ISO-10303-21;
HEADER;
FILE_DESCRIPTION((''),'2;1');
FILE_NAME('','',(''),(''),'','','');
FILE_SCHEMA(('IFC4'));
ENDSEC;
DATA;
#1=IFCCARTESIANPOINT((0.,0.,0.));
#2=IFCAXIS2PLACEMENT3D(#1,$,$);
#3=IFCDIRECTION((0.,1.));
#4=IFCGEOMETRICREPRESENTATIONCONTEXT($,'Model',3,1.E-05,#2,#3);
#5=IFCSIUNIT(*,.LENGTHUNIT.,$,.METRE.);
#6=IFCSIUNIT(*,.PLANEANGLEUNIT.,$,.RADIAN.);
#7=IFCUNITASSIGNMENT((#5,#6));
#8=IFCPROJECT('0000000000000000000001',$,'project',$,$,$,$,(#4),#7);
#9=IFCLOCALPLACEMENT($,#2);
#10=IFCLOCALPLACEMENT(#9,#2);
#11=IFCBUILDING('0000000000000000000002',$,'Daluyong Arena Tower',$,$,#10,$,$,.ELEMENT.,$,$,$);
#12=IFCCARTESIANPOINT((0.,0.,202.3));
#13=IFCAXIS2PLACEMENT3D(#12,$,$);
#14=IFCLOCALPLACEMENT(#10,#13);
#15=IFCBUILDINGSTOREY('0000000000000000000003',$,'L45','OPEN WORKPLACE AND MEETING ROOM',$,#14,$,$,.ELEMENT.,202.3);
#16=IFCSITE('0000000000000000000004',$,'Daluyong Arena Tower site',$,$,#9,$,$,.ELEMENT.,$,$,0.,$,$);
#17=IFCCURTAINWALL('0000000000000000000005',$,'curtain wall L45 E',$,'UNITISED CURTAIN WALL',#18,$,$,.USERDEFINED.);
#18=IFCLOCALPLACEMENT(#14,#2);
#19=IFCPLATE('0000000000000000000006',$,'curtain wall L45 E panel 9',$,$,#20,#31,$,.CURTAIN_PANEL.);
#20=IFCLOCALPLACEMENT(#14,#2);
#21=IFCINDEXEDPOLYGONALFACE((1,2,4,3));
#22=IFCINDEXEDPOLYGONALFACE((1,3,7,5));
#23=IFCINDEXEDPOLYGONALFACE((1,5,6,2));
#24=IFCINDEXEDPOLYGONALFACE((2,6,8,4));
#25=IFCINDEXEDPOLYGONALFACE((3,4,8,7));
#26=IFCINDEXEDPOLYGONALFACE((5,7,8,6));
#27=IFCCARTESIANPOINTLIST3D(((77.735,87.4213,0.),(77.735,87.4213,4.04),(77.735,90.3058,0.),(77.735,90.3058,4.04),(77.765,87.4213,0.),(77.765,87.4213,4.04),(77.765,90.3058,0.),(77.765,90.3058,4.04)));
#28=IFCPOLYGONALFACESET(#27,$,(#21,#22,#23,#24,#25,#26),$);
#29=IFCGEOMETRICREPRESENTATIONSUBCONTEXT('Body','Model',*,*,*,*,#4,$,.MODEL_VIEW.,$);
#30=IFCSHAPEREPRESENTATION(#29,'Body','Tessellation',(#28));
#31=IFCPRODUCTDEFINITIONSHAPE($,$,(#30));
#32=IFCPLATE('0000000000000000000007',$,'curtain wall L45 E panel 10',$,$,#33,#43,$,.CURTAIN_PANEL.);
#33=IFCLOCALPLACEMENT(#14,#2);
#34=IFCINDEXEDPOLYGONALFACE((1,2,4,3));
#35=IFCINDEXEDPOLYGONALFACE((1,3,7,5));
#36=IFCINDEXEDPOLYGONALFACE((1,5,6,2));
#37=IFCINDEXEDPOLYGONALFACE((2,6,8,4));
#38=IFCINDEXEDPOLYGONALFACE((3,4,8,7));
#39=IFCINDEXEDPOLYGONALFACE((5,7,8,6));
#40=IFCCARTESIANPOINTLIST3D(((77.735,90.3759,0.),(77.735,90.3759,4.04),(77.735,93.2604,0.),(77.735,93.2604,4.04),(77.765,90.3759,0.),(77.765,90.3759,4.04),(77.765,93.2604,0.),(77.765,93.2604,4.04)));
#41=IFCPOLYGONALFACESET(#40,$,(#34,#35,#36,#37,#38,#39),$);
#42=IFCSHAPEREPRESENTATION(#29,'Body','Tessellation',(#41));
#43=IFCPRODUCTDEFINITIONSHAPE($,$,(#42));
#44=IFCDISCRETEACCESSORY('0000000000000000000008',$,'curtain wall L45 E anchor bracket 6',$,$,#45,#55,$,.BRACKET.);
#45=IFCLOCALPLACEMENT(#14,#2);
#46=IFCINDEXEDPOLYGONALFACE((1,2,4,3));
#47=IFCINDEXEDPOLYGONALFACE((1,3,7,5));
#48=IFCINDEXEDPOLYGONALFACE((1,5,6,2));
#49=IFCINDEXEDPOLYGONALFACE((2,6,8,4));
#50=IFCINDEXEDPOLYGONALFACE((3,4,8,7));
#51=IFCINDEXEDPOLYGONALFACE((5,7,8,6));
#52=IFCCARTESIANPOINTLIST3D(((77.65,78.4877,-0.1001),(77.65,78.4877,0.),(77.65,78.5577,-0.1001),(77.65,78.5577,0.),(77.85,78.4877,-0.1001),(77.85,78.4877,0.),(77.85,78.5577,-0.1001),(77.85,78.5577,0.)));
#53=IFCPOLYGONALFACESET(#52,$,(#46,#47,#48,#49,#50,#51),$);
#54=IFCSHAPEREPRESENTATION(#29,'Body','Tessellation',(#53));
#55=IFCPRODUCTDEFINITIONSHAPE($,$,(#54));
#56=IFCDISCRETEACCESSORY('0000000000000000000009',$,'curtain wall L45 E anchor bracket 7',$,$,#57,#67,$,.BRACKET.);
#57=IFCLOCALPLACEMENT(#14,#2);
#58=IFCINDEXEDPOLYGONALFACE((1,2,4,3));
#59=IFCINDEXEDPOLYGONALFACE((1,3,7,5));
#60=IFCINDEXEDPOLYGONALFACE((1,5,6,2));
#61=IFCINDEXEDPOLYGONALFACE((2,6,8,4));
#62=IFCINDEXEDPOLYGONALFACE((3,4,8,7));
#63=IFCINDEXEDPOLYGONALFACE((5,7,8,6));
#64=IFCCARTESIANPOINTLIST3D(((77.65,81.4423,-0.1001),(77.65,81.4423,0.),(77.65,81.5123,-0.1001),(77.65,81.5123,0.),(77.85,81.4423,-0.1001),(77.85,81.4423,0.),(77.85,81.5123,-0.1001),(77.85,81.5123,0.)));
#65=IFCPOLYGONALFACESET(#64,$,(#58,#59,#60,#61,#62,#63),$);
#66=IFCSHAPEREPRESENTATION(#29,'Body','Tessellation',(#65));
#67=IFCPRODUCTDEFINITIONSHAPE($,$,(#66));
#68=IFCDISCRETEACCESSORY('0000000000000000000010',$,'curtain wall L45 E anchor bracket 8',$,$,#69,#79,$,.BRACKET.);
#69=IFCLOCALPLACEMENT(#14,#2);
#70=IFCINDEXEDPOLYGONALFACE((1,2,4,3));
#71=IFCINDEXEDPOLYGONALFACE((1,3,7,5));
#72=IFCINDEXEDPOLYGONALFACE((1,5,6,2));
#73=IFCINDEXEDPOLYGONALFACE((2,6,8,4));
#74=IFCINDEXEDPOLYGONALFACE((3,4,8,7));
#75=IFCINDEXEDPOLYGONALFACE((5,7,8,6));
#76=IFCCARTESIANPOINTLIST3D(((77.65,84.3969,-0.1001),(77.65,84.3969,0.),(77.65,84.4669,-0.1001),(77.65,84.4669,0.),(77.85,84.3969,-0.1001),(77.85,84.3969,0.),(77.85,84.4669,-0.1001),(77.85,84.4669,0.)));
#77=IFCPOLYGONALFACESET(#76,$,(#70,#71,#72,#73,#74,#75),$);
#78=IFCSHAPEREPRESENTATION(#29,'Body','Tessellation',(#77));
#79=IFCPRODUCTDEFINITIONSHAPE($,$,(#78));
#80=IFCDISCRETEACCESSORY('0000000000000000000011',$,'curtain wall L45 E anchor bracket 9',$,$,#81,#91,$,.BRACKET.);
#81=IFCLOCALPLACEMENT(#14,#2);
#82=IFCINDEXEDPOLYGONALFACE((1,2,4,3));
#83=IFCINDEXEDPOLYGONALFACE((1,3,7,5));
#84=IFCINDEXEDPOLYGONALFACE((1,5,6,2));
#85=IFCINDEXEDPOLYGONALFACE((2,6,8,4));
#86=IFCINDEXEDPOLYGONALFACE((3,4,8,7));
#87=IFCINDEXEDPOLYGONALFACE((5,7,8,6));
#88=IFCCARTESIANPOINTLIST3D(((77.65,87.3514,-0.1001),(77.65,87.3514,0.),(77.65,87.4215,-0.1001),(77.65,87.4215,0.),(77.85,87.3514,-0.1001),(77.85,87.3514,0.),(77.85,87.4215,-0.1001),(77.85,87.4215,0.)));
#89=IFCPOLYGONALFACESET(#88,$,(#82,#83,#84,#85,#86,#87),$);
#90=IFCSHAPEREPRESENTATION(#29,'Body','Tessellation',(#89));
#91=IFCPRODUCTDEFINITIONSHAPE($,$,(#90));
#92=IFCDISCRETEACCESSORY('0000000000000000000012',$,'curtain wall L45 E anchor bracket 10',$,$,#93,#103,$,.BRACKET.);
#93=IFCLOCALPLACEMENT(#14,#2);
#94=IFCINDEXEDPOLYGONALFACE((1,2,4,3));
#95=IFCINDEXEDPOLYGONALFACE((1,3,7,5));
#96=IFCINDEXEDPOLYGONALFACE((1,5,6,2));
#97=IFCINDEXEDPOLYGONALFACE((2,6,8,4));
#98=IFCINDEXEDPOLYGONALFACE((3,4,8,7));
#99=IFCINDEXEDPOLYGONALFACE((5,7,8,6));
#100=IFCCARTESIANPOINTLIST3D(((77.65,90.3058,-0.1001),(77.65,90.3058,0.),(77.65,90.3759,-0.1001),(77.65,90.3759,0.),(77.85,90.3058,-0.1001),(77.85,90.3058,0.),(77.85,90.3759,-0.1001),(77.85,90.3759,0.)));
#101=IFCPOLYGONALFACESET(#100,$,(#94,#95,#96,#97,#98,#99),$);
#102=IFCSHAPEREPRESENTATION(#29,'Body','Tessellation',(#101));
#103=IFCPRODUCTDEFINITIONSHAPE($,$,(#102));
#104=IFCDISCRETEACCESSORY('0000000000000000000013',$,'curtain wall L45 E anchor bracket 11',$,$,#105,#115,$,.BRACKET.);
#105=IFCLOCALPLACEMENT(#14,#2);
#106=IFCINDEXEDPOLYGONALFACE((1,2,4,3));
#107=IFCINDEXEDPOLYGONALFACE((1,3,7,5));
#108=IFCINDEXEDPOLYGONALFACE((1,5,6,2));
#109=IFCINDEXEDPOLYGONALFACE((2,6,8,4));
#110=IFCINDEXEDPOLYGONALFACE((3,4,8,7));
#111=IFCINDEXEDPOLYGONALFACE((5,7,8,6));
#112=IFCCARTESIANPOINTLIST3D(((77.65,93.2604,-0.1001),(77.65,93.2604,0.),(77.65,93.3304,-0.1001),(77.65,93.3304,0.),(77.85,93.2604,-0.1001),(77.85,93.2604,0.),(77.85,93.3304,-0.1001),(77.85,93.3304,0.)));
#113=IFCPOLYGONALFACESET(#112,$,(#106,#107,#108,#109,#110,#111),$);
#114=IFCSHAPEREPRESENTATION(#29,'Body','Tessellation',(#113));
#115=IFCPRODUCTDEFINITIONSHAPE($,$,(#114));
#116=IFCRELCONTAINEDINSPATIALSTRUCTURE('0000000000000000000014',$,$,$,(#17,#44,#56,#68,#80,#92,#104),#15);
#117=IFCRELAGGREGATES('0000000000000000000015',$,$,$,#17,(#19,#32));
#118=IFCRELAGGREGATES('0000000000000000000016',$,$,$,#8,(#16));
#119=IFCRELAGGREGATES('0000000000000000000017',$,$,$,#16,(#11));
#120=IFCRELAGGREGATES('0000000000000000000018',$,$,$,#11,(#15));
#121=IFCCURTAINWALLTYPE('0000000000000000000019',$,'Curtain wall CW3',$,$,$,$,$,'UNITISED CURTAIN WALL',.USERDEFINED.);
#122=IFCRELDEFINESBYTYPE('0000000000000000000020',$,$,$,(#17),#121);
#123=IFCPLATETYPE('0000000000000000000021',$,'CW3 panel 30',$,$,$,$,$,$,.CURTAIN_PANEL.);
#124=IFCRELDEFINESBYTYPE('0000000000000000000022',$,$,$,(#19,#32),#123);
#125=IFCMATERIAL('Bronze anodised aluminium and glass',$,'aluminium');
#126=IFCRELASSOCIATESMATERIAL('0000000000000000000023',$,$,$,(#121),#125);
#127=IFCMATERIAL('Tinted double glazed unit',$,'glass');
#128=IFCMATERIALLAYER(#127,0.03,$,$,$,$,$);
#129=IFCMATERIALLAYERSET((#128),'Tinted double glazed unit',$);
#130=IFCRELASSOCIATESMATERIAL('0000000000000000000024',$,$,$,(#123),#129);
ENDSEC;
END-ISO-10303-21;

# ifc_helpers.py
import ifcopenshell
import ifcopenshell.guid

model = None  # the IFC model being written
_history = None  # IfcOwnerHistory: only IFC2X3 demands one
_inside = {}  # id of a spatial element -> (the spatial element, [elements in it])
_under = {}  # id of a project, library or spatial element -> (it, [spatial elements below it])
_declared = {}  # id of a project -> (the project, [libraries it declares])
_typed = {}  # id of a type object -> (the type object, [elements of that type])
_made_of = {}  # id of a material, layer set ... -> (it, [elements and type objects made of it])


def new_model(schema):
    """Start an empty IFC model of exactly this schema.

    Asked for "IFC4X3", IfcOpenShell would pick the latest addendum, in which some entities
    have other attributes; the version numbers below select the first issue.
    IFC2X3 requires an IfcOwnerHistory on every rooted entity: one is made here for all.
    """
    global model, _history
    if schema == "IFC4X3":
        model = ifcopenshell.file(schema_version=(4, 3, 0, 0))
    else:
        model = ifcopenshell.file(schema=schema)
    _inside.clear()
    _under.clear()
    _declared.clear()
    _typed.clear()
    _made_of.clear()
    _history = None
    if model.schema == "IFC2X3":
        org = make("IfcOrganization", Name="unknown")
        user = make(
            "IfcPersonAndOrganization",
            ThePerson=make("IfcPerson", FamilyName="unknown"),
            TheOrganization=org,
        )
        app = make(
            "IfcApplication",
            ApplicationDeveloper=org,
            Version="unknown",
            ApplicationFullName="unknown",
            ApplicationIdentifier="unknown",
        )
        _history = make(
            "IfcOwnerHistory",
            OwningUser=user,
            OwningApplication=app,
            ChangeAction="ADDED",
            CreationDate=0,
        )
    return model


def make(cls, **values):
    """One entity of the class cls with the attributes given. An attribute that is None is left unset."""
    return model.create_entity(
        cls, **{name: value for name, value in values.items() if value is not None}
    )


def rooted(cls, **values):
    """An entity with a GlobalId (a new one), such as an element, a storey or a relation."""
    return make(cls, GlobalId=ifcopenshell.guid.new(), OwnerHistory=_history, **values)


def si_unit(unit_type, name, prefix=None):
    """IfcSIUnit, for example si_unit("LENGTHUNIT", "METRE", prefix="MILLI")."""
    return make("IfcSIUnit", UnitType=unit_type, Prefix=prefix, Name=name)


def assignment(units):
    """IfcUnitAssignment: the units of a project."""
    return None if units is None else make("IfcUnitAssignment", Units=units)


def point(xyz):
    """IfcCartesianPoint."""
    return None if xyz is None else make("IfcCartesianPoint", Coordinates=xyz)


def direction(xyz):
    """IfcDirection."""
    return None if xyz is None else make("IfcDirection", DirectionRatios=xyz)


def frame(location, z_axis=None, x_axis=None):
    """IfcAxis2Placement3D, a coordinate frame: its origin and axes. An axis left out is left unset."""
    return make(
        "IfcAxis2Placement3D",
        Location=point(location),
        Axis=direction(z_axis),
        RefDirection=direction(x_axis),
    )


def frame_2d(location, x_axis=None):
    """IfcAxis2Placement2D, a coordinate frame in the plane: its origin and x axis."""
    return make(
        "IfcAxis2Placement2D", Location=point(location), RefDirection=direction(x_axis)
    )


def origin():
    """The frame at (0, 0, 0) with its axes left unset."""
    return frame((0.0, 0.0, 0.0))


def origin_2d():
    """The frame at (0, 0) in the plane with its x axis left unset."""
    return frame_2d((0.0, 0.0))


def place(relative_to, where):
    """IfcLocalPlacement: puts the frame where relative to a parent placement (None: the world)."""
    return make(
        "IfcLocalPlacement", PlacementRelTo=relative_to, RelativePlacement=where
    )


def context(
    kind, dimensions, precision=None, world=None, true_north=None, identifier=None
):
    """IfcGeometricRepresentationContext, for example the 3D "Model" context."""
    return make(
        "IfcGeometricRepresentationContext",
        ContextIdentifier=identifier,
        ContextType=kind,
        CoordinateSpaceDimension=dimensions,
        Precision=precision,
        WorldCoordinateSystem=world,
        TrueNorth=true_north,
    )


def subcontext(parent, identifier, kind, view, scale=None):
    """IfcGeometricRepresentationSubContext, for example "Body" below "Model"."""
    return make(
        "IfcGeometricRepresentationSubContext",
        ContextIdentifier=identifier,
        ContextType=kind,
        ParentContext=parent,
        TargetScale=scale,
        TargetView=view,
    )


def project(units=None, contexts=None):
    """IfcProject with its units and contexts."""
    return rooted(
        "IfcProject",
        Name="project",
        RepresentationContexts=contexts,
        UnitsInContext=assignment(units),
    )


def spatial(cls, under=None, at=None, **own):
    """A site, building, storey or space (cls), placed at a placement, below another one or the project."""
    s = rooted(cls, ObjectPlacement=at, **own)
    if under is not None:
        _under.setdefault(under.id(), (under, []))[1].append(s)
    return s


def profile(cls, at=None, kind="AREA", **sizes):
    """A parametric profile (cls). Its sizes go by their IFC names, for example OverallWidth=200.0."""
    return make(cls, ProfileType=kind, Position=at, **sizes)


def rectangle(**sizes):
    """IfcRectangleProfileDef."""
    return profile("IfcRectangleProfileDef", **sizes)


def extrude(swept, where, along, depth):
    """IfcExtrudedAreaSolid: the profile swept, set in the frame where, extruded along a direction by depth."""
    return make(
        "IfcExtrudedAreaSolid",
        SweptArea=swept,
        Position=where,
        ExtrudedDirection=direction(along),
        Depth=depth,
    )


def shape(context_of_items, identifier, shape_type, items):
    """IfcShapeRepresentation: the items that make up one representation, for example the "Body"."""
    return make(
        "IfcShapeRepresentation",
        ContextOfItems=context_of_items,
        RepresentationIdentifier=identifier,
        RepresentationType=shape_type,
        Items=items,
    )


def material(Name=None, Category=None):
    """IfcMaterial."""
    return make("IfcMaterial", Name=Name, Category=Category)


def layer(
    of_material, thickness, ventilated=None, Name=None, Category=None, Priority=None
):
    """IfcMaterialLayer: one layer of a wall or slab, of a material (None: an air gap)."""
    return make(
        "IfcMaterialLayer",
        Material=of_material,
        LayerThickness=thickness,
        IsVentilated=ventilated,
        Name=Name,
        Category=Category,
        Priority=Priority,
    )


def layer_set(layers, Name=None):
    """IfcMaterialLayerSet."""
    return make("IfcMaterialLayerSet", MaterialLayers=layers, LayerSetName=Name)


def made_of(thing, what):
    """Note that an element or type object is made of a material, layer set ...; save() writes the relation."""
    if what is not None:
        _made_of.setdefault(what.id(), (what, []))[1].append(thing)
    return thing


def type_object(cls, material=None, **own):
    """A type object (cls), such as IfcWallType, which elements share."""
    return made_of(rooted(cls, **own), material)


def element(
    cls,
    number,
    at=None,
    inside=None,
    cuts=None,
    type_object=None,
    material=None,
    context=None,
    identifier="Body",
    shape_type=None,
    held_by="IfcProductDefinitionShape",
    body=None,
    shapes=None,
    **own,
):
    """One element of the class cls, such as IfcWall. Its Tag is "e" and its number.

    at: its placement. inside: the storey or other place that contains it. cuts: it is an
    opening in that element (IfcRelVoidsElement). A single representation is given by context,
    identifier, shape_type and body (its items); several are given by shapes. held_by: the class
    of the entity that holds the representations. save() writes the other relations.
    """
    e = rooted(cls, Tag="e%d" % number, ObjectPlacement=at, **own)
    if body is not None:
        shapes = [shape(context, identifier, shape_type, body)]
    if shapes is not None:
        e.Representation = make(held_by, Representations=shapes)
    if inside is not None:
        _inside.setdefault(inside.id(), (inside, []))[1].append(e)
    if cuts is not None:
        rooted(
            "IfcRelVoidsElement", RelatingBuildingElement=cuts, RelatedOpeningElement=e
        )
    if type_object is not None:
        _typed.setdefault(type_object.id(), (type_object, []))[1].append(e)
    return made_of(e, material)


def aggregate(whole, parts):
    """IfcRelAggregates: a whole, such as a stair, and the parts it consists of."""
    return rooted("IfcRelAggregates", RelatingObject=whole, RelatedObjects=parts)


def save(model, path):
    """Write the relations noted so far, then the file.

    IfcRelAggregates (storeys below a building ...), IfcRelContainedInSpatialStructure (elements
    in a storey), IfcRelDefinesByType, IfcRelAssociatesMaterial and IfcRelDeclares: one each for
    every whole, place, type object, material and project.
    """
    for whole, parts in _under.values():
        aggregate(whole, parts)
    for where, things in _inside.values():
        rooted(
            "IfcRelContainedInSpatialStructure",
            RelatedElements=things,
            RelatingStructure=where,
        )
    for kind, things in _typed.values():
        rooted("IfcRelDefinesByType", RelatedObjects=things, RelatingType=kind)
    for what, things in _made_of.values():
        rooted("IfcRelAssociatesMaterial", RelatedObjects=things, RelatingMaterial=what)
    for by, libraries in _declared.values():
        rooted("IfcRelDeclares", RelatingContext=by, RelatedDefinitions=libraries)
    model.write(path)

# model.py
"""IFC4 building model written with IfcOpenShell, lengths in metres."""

from ifc_helpers import new_model, si_unit, direction, frame, origin, origin_2d, place, context, subcontext, project, spatial, rectangle, extrude, material, layer, layer_set, type_object, element, aggregate, save


model = new_model("IFC4")

# Units and contexts
model_context = context("Model", 3, precision=1e-05, world=origin(), true_north=direction((0.0, 1.0)))
body_context = subcontext(model_context, "Body", "Model", "MODEL_VIEW")
ifc_project = project(units=[si_unit("LENGTHUNIT", "METRE"), si_unit("PLANEANGLEUNIT", "RADIAN")], contexts=[model_context])

# Site, building, storey
site_placement = place(None, origin())
site = spatial("IfcSite", under=ifc_project, at=site_placement, Name="Daluyong Arena Tower site", CompositionType="ELEMENT", RefElevation=0.0)
building_placement = place(site_placement, origin())
building = spatial("IfcBuilding", under=site, at=building_placement, Name="Daluyong Arena Tower", CompositionType="ELEMENT")
storey_placement = place(building_placement, frame((0.0, 0.0, 202.3)))
storey = spatial("IfcBuildingStorey", under=building, at=storey_placement, Name="L45", Description="OPEN WORKPLACE AND MEETING ROOM", CompositionType="ELEMENT", Elevation=202.3)

# Curtain wall
ifc_material_1 = material(Name="Bronze anodised aluminium and glass", Category="aluminium")
curtain_wall_type = type_object("IfcCurtainWallType", Name="Curtain wall CW3", ElementType="UNITISED CURTAIN WALL", PredefinedType="USERDEFINED", material=ifc_material_1)
curtain_wall_placement = place(storey_placement, origin())
curtain_wall = element("IfcCurtainWall", 1, at=curtain_wall_placement, inside=storey, type_object=curtain_wall_type, Name="curtain wall L45 E", ObjectType="UNITISED CURTAIN WALL", PredefinedType="USERDEFINED")

# Plates
ifc_material_2 = material(Name="Tinted double glazed unit", Category="glass")
ifc_layer = layer(ifc_material_2, 0.03)
ifc_layer_set = layer_set([ifc_layer], Name="Tinted double glazed unit")
plate_type = type_object("IfcPlateType", Name="CW3 panel 30", PredefinedType="CURTAIN_PANEL", material=ifc_layer_set)
plate_1_placement = place(storey_placement, frame((77.75, 88.8635, 0.0), z_axis=(0.0, 0.0, 1.0), x_axis=(0.0, 1.0, 0.0)))
plate_1 = element("IfcPlate", 2, at=plate_1_placement, type_object=plate_type, Name="curtain wall L45 E panel 9", PredefinedType="CURTAIN_PANEL", context=body_context, shape_type="SweptSolid", body=[
    extrude(rectangle(XDim=2.8845, YDim=0.03, at=origin_2d()), origin(), (0.0, 0.0, 1.0), 4.04),
])
plate_2_placement = place(storey_placement, frame((77.75, 91.8181, 0.0), z_axis=(0.0, 0.0, 1.0), x_axis=(0.0, 1.0, 0.0)))
plate_2 = element("IfcPlate", 3, at=plate_2_placement, type_object=plate_type, Name="curtain wall L45 E panel 10", PredefinedType="CURTAIN_PANEL", context=body_context, shape_type="SweptSolid", body=[
    extrude(rectangle(XDim=2.8845, YDim=0.03, at=origin_2d()), origin(), (0.0, 0.0, 1.0), 4.04),
])
aggregate(curtain_wall, [plate_1, plate_2])

# Discrete accessories
for number, where, z_axis, x_axis, name in (
    (4, (77.75, 78.5227, -0.1001), (0.0, 0.0, 1.0), (0.0, 1.0, 0.0), "curtain wall L45 E anchor bracket 6"),
    (5, (77.75, 81.4773, -0.1001), (0.0, 0.0, 1.0), (0.0, 1.0, 0.0), "curtain wall L45 E anchor bracket 7"),
    (6, (77.75, 84.4319, -0.1001), (0.0, 0.0, 1.0), (0.0, 1.0, 0.0), "curtain wall L45 E anchor bracket 8"),
    (7, (77.75, 87.3865, -0.1001), (0.0, 0.0, 1.0), (0.0, 1.0, 0.0), "curtain wall L45 E anchor bracket 9"),
    (8, (77.75, 90.3408, -0.1001), (0.0, 0.0, 1.0), (0.0, 1.0, 0.0), "curtain wall L45 E anchor bracket 10"),
    (9, (77.75, 93.2954, -0.1001), (0.0, 0.0, 1.0), (0.0, 1.0, 0.0), "curtain wall L45 E anchor bracket 11"),
):
    element("IfcDiscreteAccessory", number, at=place(storey_placement, frame(where, z_axis=z_axis, x_axis=x_axis)), inside=storey, Name=name, PredefinedType="BRACKET", context=body_context, shape_type="SweptSolid", body=[
        extrude(rectangle(XDim=0.0701, YDim=0.2, at=origin_2d()), origin(), (0.0, 0.0, 1.0), 0.1001),
    ])

save(model, "model.ifc")
